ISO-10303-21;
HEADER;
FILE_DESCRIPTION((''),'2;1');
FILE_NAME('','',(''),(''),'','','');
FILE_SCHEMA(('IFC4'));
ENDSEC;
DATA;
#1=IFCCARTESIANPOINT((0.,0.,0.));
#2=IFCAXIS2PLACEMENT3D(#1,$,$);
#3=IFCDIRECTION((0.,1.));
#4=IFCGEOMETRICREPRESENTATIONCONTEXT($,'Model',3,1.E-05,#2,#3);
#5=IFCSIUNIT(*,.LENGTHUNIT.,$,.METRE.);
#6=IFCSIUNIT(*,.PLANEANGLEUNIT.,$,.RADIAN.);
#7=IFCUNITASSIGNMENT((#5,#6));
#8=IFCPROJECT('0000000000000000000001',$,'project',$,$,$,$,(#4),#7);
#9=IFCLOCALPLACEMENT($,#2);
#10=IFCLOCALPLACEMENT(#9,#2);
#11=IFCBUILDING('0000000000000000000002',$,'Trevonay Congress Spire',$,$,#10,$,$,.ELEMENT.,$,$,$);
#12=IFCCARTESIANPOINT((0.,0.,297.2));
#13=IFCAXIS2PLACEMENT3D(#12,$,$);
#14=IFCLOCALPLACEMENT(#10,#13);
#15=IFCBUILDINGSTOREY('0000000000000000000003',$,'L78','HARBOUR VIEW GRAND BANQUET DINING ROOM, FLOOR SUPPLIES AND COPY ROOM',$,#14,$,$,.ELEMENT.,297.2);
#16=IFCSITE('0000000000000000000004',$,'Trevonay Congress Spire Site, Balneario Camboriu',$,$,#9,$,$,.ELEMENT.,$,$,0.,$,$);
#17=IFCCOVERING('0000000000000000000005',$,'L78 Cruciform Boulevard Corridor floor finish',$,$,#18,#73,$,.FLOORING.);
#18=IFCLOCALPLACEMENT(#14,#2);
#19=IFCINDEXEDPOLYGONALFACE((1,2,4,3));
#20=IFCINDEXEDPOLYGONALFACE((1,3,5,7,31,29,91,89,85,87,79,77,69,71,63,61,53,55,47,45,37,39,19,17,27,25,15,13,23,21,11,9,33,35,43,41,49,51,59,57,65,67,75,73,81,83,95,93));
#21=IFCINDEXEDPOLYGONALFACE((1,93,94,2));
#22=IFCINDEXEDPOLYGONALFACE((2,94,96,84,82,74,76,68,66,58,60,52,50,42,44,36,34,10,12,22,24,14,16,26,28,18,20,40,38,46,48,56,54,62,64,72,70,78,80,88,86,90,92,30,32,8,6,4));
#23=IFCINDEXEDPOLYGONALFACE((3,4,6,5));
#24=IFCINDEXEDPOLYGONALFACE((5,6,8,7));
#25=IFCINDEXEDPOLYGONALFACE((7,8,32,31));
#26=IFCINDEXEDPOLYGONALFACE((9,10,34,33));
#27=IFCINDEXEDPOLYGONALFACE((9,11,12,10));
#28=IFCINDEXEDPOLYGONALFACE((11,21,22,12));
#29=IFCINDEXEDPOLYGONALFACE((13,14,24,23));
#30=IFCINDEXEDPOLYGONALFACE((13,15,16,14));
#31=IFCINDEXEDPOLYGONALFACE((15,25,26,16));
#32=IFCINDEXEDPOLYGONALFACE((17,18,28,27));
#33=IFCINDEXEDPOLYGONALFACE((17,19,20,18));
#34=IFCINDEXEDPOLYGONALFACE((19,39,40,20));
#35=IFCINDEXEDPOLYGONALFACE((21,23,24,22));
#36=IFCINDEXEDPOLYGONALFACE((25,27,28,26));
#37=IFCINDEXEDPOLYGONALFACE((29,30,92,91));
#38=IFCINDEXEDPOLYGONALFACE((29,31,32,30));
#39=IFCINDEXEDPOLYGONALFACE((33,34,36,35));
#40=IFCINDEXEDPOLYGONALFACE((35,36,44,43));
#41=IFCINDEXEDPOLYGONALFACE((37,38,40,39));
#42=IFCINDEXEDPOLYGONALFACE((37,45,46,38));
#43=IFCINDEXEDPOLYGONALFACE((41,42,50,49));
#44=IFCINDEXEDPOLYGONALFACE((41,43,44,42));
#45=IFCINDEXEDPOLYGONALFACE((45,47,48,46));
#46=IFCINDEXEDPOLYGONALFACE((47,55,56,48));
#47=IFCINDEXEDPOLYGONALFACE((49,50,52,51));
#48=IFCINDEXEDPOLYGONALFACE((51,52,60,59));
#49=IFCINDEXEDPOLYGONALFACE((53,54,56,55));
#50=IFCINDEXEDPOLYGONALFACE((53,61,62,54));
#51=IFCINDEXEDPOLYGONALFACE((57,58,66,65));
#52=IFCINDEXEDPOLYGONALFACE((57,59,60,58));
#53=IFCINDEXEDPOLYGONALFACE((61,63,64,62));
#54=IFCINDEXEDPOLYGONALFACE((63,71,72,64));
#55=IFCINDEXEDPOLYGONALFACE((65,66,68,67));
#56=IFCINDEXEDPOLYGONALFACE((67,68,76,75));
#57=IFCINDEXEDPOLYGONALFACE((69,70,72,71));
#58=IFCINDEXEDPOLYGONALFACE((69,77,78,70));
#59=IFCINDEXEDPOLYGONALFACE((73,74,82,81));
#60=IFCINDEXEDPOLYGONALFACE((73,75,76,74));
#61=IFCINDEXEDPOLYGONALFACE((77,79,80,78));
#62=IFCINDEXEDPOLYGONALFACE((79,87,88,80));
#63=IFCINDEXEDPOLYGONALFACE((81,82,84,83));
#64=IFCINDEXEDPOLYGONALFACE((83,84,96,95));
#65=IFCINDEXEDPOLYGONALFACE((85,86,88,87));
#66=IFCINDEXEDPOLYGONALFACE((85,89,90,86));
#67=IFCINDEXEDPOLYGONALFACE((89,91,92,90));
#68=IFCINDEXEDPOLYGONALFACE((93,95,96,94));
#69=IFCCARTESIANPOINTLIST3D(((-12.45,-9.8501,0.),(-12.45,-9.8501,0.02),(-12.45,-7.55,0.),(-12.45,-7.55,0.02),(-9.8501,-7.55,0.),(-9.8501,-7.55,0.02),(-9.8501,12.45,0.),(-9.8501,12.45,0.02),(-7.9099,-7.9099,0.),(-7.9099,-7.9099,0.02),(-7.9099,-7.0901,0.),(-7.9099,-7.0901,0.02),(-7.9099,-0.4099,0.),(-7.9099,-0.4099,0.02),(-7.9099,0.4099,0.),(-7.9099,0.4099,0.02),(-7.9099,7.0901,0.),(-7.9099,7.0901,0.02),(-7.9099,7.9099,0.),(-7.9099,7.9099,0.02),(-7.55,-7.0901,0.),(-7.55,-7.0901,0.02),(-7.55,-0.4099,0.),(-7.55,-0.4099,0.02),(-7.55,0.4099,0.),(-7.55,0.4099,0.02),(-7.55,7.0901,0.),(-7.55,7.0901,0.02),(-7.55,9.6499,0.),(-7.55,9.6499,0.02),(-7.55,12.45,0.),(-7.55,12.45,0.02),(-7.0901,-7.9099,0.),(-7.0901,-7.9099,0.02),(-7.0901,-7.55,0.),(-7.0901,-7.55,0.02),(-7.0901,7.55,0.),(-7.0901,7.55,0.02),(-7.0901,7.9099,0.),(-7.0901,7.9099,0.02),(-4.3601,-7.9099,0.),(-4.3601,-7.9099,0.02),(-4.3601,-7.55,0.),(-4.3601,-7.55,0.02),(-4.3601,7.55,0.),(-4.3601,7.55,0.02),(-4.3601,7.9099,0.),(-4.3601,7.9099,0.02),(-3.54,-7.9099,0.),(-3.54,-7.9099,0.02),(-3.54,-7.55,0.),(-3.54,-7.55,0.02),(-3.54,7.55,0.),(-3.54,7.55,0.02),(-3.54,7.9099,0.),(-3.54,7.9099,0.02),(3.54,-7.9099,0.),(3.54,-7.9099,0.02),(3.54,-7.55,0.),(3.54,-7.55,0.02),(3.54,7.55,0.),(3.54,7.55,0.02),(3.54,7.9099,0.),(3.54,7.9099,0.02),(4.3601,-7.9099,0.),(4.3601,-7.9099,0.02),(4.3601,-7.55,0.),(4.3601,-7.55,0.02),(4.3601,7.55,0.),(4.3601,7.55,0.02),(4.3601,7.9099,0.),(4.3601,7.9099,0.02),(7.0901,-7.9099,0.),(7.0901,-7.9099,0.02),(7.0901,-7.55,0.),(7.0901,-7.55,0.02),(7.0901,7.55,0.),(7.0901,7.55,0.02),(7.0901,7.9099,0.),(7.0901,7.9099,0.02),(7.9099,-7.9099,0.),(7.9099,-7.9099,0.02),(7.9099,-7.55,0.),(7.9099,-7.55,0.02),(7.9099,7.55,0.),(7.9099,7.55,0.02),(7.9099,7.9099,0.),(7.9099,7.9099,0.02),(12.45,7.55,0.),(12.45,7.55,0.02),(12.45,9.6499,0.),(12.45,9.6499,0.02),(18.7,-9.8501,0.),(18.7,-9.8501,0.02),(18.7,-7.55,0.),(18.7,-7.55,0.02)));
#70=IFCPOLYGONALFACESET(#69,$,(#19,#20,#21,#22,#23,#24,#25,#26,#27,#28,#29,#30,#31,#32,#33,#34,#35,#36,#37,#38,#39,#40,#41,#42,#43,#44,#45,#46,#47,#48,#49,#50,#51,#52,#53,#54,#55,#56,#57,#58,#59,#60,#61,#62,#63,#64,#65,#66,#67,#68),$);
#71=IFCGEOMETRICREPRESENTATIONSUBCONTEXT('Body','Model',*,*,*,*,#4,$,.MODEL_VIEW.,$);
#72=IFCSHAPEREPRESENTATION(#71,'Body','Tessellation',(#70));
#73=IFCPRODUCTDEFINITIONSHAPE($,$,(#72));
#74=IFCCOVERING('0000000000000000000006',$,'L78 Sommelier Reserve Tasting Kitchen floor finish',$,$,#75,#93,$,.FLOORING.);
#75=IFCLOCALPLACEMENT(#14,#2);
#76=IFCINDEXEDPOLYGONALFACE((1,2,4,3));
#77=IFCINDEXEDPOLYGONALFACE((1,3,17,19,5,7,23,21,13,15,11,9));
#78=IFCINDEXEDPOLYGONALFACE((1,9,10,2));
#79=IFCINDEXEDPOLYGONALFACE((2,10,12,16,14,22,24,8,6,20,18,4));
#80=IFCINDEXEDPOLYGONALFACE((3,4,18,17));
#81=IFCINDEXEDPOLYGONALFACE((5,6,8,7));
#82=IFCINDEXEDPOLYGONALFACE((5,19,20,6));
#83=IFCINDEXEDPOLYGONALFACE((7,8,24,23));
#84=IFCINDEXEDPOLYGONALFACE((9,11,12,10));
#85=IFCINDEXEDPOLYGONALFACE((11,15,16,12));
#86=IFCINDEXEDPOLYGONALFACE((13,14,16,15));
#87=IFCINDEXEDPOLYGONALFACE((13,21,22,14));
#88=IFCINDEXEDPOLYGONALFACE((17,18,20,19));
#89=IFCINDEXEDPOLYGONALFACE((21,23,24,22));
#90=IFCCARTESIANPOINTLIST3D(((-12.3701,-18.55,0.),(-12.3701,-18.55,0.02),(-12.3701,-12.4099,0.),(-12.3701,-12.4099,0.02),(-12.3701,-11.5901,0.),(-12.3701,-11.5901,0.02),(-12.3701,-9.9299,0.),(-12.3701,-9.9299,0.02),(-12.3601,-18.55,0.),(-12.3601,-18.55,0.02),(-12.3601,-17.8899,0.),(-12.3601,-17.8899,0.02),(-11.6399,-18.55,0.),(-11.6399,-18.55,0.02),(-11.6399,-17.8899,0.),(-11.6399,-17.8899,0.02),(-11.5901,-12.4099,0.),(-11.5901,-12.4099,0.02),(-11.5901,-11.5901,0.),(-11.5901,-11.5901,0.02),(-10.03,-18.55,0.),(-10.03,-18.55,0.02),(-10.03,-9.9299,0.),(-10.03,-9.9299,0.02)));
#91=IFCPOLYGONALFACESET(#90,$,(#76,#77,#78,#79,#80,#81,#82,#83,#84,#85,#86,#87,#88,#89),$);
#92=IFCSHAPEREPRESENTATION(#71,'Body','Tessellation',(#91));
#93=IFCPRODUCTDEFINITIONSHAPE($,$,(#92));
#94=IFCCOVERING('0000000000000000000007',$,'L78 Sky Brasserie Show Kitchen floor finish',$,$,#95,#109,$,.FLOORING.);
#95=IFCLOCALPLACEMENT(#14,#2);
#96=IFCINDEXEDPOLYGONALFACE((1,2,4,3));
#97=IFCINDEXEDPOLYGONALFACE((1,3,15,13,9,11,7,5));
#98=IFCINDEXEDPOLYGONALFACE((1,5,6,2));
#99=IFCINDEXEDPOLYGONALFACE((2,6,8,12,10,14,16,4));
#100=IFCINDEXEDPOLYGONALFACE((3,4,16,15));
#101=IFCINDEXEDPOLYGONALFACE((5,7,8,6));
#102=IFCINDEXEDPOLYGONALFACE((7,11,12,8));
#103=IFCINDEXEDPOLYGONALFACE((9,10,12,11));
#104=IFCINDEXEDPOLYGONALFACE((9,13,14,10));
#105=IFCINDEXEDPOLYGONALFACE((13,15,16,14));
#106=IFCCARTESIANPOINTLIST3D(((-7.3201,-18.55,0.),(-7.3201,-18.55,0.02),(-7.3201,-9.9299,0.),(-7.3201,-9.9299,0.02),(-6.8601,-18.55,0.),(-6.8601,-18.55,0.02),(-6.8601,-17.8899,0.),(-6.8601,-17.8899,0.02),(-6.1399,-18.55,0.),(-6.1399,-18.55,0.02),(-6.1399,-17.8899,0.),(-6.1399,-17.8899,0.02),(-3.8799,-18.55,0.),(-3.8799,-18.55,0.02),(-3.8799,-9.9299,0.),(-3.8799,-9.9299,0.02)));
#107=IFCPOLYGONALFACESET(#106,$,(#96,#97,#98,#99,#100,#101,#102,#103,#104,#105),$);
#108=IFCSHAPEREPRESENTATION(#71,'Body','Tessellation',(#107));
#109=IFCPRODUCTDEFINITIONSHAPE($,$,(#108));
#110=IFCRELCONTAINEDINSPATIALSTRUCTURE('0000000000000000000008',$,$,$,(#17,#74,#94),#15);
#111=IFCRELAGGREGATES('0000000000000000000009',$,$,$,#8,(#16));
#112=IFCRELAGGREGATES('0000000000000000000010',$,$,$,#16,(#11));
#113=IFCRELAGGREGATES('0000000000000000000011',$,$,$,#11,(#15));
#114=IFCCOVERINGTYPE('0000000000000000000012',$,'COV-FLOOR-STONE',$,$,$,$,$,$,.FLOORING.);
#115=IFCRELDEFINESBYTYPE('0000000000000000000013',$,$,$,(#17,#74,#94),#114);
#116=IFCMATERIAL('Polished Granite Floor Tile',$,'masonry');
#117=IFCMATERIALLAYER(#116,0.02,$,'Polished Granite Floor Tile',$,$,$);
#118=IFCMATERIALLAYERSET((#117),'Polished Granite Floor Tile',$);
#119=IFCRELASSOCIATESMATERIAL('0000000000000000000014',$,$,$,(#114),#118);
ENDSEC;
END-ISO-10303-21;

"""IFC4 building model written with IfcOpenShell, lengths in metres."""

from ifc_helpers import new_model, si_unit, direction, frame, origin, place, context, subcontext, project, spatial, polyline, outline, extrude, material, layer, layer_set, type_object, element, save


model = new_model("IFC4")

# Units and contexts
model_context = context("Model", 3, precision=1e-05, world=origin(), true_north=direction((0.0, 1.0)))
body_context = subcontext(model_context, "Body", "Model", "MODEL_VIEW")
ifc_project = project(units=[si_unit("LENGTHUNIT", "METRE"), si_unit("PLANEANGLEUNIT", "RADIAN")], contexts=[model_context])

# Site, building, storey
site_placement = place(None, origin())
site = spatial("IfcSite", under=ifc_project, at=site_placement, Name="Trevonay Congress Spire Site, Balneario Camboriu", CompositionType="ELEMENT", RefElevation=0.0)
building_placement = place(site_placement, origin())
building = spatial("IfcBuilding", under=site, at=building_placement, Name="Trevonay Congress Spire", CompositionType="ELEMENT")
storey_placement = place(building_placement, frame((0.0, 0.0, 297.2)))
storey = spatial("IfcBuildingStorey", under=building, at=storey_placement, Name="L78", Description="HARBOUR VIEW GRAND BANQUET DINING ROOM, FLOOR SUPPLIES AND COPY ROOM", CompositionType="ELEMENT", Elevation=297.2)

# Coverings
ifc_material_1 = material(Name="Polished Granite Floor Tile", Category="masonry")
ifc_layer_1 = layer(ifc_material_1, 0.02, Name="Polished Granite Floor Tile")
ifc_layer_set_1 = layer_set([ifc_layer_1], Name="Polished Granite Floor Tile")
covering_type_1 = type_object("IfcCoveringType", Name="COV-FLOOR-STONE", PredefinedType="FLOORING", material=ifc_layer_set_1)
covering_1_placement = place(storey_placement, origin())
element("IfcCovering", 1, at=covering_1_placement, inside=storey, type_object=covering_type_1, Name="L78 Cruciform Boulevard Corridor floor finish", PredefinedType="FLOORING", context=body_context, shape_type="SweptSolid", body=[
    extrude(outline(polyline([(18.7, -7.55), (18.7, -9.8501), (-12.45, -9.8501), (-12.45, -7.55), (-9.8501, -7.55), (-9.8501, 12.45), (-7.55, 12.45), (-7.55, 9.6499), (12.45, 9.6499), (12.45, 7.55), (7.9099, 7.55), (7.9099, 7.9099), (7.0901, 7.9099), (7.0901, 7.55), (4.3601, 7.55), (4.3601, 7.9099), (3.54, 7.9099), (3.54, 7.55), (-3.54, 7.55), (-3.54, 7.9099), (-4.3601, 7.9099), (-4.3601, 7.55), (-7.0901, 7.55), (-7.0901, 7.9099), (-7.9099, 7.9099), (-7.9099, 7.0901), (-7.55, 7.0901), (-7.55, 0.4099), (-7.9099, 0.4099), (-7.9099, -0.4099), (-7.55, -0.4099), (-7.55, -7.0901), (-7.9099, -7.0901), (-7.9099, -7.9099), (-7.0901, -7.9099), (-7.0901, -7.55), (-4.3601, -7.55), (-4.3601, -7.9099), (-3.54, -7.9099), (-3.54, -7.55), (3.54, -7.55), (3.54, -7.9099), (4.3601, -7.9099), (4.3601, -7.55), (7.0901, -7.55), (7.0901, -7.9099), (7.9099, -7.9099), (7.9099, -7.55), (18.7, -7.55)])), origin(), (0.0, 0.0, 1.0), 0.02),
])
covering_2_placement = place(storey_placement, origin())
element("IfcCovering", 2, at=covering_2_placement, inside=storey, type_object=covering_type_1, Name="L78 Sommelier Reserve Tasting Kitchen floor finish", PredefinedType="FLOORING", context=body_context, shape_type="SweptSolid", body=[
    extrude(outline(polyline([(-12.3701, -18.55), (-12.3701, -12.4099), (-11.5901, -12.4099), (-11.5901, -11.5901), (-12.3701, -11.5901), (-12.3701, -9.9299), (-10.03, -9.9299), (-10.03, -18.55), (-11.6399, -18.55), (-11.6399, -17.8899), (-12.3601, -17.8899), (-12.3601, -18.55), (-12.3701, -18.55)])), origin(), (0.0, 0.0, 1.0), 0.02),
])
covering_3_placement = place(storey_placement, origin())
element("IfcCovering", 3, at=covering_3_placement, inside=storey, type_object=covering_type_1, Name="L78 Sky Brasserie Show Kitchen floor finish", PredefinedType="FLOORING", context=body_context, shape_type="SweptSolid", body=[
    extrude(outline(polyline([(-7.3201, -18.55), (-7.3201, -9.9299), (-3.8799, -9.9299), (-3.8799, -18.55), (-6.1399, -18.55), (-6.1399, -17.8899), (-6.8601, -17.8899), (-6.8601, -18.55), (-7.3201, -18.55)])), origin(), (0.0, 0.0, 1.0), 0.02),
])

save(model, "model.ifc")
